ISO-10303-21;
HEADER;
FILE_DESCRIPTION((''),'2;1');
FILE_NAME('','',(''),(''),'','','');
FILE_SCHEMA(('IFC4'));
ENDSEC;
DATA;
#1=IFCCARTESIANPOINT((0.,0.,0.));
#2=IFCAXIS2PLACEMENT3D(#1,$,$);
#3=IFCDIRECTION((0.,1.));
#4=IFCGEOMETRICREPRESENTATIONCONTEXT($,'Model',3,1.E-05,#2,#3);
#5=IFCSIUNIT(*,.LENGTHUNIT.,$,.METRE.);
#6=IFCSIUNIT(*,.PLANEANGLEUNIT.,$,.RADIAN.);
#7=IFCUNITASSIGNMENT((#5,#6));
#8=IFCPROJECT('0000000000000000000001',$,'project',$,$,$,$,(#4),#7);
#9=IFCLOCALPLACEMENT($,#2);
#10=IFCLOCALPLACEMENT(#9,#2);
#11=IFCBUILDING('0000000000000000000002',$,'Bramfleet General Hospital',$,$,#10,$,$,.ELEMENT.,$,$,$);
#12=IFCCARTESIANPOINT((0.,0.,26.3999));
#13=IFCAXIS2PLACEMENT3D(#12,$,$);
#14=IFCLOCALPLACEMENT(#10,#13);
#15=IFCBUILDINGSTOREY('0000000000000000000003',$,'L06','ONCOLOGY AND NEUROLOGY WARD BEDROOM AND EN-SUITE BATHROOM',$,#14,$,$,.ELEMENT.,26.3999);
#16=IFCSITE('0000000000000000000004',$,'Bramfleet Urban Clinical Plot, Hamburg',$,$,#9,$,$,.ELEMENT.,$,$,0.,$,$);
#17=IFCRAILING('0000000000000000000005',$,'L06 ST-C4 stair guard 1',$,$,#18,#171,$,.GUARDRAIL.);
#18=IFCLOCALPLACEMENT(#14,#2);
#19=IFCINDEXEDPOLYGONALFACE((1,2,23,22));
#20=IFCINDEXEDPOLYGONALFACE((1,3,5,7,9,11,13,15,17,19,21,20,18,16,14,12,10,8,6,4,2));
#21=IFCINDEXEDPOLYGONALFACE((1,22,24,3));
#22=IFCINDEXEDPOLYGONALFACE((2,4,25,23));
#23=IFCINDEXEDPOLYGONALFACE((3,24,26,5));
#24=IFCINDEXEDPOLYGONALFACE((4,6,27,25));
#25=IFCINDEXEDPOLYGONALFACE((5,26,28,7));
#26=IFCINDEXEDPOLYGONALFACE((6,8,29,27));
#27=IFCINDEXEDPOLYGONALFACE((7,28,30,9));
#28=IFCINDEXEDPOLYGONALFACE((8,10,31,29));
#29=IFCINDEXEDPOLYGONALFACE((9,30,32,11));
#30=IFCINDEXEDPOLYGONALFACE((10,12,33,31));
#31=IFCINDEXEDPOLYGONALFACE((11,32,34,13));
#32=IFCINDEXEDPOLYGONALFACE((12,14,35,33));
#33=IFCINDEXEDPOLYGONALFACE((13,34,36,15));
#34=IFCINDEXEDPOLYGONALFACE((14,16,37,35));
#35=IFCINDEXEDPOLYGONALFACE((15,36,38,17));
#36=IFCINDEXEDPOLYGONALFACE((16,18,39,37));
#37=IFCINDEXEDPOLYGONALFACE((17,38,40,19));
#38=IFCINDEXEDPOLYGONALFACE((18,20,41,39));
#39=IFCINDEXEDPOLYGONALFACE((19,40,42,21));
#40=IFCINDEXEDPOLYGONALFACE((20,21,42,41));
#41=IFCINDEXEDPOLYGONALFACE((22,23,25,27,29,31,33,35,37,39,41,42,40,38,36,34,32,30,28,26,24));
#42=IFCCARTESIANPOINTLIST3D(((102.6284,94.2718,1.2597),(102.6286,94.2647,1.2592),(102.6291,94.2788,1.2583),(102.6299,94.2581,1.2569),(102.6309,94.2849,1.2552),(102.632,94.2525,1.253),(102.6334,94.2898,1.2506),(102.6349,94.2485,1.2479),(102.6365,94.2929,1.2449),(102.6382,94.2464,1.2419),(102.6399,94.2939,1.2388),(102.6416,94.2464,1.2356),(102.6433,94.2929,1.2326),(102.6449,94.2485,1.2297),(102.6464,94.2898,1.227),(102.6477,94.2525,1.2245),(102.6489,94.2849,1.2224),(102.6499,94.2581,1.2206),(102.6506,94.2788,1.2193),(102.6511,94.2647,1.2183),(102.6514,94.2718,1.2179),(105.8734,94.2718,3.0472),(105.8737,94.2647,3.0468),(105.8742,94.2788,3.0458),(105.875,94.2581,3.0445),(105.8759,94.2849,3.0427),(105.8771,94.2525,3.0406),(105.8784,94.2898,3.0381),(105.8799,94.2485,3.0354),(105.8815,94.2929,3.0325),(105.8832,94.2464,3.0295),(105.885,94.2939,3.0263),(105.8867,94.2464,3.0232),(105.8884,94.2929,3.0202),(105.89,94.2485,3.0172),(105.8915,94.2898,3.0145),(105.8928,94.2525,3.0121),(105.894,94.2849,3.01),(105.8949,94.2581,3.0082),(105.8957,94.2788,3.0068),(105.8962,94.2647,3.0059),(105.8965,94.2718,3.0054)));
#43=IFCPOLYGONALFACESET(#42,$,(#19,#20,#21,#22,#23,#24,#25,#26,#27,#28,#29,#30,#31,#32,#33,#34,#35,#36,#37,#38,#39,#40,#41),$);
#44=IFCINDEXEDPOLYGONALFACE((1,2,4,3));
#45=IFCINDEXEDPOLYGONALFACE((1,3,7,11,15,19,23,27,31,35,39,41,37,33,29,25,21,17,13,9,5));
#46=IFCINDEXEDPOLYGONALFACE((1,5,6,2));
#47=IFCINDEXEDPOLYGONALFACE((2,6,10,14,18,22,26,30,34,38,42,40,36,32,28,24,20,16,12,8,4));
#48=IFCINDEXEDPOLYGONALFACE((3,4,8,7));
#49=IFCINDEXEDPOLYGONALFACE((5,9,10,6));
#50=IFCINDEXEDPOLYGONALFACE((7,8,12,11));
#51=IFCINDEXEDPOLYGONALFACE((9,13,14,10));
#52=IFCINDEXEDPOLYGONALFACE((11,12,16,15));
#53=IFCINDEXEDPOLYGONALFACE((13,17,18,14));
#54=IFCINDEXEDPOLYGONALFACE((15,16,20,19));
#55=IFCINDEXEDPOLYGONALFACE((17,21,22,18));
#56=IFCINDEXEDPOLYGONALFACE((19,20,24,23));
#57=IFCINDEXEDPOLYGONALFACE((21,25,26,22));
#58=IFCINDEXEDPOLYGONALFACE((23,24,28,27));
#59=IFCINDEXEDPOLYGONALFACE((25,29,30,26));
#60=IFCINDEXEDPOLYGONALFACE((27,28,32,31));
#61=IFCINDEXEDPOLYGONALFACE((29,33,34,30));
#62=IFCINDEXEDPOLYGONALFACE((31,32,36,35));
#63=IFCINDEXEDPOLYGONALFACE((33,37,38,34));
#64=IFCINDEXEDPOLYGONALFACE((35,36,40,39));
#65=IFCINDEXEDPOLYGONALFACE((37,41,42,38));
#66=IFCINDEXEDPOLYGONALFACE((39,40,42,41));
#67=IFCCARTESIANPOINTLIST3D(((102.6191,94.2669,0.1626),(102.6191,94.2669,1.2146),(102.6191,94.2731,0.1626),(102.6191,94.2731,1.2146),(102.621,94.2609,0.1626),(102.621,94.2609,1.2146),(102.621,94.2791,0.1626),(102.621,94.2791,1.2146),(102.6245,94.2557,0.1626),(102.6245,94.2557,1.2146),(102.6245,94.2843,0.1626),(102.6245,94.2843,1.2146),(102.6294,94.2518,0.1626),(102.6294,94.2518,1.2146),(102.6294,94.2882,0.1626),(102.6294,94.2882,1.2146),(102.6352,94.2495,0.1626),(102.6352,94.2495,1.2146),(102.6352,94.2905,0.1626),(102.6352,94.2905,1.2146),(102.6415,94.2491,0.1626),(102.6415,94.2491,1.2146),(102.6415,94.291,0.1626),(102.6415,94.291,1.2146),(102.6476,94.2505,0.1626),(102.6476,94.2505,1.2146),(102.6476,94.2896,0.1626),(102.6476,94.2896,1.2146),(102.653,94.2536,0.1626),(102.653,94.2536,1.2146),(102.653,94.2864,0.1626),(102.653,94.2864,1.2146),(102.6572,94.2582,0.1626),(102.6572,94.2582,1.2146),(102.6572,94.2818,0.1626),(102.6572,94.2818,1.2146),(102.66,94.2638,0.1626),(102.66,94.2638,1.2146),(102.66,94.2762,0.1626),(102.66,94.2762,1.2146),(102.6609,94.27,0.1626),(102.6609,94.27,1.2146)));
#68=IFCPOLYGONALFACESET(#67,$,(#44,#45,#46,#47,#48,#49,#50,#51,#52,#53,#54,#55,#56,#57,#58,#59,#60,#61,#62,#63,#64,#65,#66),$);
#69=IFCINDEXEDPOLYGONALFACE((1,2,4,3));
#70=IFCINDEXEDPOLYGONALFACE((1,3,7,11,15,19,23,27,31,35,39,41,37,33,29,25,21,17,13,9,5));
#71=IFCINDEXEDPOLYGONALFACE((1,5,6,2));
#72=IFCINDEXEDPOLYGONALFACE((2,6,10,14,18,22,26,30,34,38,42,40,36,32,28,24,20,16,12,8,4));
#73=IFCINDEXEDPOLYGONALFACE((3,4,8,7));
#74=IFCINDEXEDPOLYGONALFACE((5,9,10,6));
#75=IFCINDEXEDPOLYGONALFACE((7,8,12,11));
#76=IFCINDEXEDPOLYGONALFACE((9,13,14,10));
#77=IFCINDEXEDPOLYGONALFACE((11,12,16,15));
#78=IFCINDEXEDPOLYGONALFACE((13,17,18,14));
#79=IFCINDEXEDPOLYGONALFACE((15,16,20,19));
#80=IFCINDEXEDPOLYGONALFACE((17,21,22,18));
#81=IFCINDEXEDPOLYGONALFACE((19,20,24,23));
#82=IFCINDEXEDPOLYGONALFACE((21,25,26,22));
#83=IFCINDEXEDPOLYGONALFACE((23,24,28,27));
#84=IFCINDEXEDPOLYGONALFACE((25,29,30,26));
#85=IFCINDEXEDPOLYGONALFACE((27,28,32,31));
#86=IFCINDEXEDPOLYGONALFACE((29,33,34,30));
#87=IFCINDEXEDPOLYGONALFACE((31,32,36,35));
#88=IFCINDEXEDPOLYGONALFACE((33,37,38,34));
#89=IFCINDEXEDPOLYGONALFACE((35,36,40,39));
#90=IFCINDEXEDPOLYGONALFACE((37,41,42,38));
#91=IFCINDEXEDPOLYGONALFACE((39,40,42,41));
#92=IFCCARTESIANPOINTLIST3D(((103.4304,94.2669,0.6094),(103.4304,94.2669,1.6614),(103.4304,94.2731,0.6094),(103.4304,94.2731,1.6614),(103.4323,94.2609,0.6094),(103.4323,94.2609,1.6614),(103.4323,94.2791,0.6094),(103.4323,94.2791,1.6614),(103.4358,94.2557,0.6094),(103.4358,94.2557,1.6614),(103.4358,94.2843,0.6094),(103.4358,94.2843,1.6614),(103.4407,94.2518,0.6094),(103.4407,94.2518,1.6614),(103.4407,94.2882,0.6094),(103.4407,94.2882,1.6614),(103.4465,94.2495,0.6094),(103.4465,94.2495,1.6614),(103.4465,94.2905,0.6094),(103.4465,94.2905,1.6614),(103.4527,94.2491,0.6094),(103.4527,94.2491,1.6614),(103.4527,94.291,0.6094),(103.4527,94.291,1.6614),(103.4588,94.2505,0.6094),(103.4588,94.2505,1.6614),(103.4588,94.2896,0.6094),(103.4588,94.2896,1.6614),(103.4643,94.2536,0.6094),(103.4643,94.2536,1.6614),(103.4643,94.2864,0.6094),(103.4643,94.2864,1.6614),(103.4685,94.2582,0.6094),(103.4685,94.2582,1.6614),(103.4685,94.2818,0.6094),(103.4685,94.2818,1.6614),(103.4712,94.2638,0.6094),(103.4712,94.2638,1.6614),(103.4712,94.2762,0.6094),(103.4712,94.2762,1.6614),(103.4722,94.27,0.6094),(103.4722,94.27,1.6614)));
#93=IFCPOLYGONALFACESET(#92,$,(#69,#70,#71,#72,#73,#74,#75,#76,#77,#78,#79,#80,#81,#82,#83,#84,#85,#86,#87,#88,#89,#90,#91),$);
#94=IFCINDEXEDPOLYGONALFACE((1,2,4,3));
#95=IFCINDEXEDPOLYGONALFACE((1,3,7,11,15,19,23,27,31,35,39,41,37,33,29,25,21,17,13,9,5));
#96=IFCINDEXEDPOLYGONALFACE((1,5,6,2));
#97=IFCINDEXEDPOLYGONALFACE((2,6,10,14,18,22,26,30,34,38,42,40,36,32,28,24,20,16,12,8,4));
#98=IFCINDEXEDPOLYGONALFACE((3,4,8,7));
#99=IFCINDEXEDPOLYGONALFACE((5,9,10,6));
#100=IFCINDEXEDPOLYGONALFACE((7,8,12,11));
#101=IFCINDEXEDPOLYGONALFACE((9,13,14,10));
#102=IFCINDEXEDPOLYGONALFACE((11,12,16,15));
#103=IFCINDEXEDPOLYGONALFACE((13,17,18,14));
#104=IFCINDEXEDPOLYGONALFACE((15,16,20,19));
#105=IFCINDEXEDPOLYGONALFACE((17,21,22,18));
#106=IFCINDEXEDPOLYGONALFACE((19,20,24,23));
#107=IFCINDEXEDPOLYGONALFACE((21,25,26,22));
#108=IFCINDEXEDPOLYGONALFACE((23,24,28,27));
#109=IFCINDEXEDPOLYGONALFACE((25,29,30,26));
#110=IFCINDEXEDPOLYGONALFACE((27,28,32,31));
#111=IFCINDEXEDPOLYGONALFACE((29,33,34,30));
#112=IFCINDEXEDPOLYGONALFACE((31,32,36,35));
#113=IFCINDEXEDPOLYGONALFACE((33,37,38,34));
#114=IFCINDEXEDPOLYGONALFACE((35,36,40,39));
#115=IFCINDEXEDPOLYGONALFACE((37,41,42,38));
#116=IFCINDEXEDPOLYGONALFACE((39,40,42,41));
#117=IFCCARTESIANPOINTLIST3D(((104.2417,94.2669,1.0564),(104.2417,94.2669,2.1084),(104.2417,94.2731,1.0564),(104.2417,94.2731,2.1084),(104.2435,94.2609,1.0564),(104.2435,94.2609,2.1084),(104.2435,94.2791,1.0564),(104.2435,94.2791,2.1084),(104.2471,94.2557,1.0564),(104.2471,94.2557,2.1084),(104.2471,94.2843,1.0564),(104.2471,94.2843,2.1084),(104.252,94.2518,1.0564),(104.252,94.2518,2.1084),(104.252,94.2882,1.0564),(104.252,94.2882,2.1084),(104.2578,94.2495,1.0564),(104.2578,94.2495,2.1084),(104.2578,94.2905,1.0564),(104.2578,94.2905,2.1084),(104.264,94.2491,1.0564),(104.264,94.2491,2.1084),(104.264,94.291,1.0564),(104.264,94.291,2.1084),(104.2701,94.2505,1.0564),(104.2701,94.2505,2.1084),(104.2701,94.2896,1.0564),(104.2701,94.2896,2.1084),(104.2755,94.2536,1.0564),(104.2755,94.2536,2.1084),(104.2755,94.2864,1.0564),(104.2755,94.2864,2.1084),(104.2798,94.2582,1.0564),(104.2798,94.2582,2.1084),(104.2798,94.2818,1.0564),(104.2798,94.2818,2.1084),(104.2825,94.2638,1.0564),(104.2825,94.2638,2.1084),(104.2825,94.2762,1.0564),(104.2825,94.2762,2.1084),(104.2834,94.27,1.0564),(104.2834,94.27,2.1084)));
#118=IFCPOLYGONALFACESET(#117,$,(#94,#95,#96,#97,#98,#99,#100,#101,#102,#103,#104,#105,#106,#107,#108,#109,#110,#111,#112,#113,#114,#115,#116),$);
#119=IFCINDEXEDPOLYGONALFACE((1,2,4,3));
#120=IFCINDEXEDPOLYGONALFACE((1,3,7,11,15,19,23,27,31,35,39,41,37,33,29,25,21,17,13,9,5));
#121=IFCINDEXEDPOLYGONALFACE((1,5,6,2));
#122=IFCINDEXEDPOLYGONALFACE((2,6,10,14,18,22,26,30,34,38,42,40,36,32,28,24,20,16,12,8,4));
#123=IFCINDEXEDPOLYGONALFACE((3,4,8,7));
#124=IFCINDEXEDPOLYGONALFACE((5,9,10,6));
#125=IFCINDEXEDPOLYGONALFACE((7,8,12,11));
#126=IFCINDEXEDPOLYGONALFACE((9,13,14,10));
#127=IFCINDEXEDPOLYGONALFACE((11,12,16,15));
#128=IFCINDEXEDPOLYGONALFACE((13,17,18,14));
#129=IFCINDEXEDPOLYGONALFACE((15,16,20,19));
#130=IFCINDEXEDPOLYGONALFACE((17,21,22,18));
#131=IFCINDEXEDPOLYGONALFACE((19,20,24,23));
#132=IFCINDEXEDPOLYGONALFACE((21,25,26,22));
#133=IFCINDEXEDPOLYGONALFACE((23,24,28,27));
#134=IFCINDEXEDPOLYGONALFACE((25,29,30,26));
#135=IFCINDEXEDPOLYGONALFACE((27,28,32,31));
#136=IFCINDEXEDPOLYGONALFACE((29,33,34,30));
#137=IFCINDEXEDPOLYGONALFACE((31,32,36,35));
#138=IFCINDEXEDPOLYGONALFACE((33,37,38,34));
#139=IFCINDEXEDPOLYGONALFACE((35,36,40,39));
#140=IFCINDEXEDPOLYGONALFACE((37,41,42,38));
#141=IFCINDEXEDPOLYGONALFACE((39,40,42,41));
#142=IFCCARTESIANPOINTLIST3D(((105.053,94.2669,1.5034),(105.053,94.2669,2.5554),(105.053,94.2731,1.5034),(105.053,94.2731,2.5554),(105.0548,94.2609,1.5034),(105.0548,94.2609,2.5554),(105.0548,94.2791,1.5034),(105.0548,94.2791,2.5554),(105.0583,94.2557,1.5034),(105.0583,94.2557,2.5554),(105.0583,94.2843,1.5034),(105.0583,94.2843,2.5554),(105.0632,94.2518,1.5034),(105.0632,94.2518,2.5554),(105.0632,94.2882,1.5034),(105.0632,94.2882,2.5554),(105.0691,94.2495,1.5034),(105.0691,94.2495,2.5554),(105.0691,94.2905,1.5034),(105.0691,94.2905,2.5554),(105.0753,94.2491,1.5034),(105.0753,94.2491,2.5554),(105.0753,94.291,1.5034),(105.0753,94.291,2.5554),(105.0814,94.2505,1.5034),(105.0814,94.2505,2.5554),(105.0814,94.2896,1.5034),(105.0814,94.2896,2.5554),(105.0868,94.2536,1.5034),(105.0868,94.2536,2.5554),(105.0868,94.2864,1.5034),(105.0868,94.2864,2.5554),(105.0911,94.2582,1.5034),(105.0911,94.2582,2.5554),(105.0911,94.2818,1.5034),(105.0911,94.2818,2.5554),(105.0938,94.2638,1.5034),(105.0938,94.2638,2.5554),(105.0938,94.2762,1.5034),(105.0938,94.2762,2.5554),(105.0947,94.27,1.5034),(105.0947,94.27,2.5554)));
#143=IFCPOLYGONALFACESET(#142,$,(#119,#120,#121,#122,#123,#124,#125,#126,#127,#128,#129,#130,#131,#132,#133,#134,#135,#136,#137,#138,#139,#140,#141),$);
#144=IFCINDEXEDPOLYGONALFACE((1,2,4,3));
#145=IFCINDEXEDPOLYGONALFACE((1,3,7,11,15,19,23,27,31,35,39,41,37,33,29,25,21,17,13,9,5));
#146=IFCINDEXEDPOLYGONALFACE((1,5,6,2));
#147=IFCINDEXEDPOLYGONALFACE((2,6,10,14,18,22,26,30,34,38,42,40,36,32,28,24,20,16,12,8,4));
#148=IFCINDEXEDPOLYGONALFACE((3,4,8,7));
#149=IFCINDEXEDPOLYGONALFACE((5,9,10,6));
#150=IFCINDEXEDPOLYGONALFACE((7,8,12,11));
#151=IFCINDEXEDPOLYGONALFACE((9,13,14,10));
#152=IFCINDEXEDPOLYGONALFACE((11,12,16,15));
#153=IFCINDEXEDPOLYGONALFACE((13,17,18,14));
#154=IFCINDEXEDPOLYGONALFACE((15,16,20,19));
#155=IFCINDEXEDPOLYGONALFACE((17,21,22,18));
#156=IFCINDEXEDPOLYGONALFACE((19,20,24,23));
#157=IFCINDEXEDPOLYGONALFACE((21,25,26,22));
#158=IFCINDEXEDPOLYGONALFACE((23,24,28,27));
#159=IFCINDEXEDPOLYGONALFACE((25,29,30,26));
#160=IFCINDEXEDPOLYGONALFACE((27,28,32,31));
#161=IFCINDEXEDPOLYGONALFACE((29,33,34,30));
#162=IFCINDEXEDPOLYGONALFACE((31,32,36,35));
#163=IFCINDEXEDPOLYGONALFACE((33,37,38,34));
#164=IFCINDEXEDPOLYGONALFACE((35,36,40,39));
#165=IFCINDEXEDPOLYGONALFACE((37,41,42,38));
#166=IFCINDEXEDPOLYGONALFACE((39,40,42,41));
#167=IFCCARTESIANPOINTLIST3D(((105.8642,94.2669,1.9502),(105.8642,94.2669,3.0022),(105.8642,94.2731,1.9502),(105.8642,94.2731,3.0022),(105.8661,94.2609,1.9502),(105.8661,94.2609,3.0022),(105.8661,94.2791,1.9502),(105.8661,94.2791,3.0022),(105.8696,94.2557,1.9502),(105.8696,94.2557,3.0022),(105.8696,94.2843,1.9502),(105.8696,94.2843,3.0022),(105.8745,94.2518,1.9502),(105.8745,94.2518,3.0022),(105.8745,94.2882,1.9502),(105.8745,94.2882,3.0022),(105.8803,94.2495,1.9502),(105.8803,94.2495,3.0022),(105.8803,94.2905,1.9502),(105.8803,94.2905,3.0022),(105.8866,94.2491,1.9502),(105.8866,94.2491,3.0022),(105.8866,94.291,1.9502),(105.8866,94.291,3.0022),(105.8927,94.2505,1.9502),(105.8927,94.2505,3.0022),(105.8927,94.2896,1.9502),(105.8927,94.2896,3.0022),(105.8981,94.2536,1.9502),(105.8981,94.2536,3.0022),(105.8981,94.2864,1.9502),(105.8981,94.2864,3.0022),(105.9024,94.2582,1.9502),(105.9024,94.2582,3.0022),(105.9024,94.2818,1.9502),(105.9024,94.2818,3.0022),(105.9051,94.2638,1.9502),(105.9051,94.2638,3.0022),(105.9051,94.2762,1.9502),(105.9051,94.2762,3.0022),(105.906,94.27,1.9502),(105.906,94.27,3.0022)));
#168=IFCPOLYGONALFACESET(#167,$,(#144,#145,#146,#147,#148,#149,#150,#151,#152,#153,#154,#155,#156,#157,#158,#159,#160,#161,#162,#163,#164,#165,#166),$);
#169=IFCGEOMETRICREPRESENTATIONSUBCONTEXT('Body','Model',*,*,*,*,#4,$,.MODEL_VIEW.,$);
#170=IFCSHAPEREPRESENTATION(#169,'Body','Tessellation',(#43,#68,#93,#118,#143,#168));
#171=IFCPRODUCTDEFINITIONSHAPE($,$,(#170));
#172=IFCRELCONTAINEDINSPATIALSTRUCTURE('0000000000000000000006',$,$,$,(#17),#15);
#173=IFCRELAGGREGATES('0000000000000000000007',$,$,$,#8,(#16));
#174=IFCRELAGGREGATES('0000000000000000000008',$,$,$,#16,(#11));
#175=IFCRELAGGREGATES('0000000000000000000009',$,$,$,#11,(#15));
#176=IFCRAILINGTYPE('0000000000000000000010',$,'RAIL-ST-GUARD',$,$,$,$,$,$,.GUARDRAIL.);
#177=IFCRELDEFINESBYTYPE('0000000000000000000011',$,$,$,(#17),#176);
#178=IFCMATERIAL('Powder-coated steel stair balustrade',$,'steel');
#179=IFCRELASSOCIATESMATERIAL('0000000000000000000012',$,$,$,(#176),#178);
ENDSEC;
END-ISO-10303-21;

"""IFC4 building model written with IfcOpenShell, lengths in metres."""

from ifc_helpers import new_model, si_unit, direction, frame, origin, origin_2d, place, context, subcontext, project, spatial, circle, extrude, material, type_object, element, save


model = new_model("IFC4")

# Units and contexts
model_context = context("Model", 3, precision=1e-05, world=origin(), true_north=direction((0.0, 1.0)))
body_context = subcontext(model_context, "Body", "Model", "MODEL_VIEW")
ifc_project = project(units=[si_unit("LENGTHUNIT", "METRE"), si_unit("PLANEANGLEUNIT", "RADIAN")], contexts=[model_context])

# Site, building, storey
site_placement = place(None, origin())
site = spatial("IfcSite", under=ifc_project, at=site_placement, Name="Bramfleet Urban Clinical Plot, Hamburg", CompositionType="ELEMENT", RefElevation=0.0)
building_placement = place(site_placement, origin())
building = spatial("IfcBuilding", under=site, at=building_placement, Name="Bramfleet General Hospital", CompositionType="ELEMENT")
storey_placement = place(building_placement, frame((0.0, 0.0, 26.3999)))
storey = spatial("IfcBuildingStorey", under=building, at=storey_placement, Name="L06", Description="ONCOLOGY AND NEUROLOGY WARD BEDROOM AND EN-SUITE BATHROOM", CompositionType="ELEMENT", Elevation=26.3999)

# Railing
ifc_material_1 = material(Name="Powder-coated steel stair balustrade", Category="steel")
railing_type_1 = type_object("IfcRailingType", Name="RAIL-ST-GUARD", PredefinedType="GUARDRAIL", material=ifc_material_1)
railing_1_placement = place(storey_placement, frame((102.6399, 94.27, 0.1626)))
element("IfcRailing", 1, at=railing_1_placement, inside=storey, type_object=railing_type_1, Name="L06 ST-C4 stair guard 1", PredefinedType="GUARDRAIL", context=body_context, shape_type="SweptSolid", body=[
    extrude(circle(Radius=0.0239, at=origin_2d()), frame((0.0, 0.0, 1.0762), z_axis=(0.875899, 0.0, 0.482495), x_axis=(0.0, 1.0, 0.0)), (0.0, 0.0, 1.0), 3.7048),
    extrude(circle(Radius=0.021, at=origin_2d()), origin(), (0.0, 0.0, 1.0), 1.052),
    extrude(circle(Radius=0.021, at=origin_2d()), frame((0.8113, 0.0, 0.4468)), (0.0, 0.0, 1.0), 1.052),
    extrude(circle(Radius=0.021, at=origin_2d()), frame((1.6226, 0.0, 0.8938)), (0.0, 0.0, 1.0), 1.052),
    extrude(circle(Radius=0.021, at=origin_2d()), frame((2.4338, 0.0, 1.3408)), (0.0, 0.0, 1.0), 1.052),
    extrude(circle(Radius=0.021, at=origin_2d()), frame((3.2451, 0.0, 1.7876)), (0.0, 0.0, 1.0), 1.052),
])

save(model, "model.ifc")
